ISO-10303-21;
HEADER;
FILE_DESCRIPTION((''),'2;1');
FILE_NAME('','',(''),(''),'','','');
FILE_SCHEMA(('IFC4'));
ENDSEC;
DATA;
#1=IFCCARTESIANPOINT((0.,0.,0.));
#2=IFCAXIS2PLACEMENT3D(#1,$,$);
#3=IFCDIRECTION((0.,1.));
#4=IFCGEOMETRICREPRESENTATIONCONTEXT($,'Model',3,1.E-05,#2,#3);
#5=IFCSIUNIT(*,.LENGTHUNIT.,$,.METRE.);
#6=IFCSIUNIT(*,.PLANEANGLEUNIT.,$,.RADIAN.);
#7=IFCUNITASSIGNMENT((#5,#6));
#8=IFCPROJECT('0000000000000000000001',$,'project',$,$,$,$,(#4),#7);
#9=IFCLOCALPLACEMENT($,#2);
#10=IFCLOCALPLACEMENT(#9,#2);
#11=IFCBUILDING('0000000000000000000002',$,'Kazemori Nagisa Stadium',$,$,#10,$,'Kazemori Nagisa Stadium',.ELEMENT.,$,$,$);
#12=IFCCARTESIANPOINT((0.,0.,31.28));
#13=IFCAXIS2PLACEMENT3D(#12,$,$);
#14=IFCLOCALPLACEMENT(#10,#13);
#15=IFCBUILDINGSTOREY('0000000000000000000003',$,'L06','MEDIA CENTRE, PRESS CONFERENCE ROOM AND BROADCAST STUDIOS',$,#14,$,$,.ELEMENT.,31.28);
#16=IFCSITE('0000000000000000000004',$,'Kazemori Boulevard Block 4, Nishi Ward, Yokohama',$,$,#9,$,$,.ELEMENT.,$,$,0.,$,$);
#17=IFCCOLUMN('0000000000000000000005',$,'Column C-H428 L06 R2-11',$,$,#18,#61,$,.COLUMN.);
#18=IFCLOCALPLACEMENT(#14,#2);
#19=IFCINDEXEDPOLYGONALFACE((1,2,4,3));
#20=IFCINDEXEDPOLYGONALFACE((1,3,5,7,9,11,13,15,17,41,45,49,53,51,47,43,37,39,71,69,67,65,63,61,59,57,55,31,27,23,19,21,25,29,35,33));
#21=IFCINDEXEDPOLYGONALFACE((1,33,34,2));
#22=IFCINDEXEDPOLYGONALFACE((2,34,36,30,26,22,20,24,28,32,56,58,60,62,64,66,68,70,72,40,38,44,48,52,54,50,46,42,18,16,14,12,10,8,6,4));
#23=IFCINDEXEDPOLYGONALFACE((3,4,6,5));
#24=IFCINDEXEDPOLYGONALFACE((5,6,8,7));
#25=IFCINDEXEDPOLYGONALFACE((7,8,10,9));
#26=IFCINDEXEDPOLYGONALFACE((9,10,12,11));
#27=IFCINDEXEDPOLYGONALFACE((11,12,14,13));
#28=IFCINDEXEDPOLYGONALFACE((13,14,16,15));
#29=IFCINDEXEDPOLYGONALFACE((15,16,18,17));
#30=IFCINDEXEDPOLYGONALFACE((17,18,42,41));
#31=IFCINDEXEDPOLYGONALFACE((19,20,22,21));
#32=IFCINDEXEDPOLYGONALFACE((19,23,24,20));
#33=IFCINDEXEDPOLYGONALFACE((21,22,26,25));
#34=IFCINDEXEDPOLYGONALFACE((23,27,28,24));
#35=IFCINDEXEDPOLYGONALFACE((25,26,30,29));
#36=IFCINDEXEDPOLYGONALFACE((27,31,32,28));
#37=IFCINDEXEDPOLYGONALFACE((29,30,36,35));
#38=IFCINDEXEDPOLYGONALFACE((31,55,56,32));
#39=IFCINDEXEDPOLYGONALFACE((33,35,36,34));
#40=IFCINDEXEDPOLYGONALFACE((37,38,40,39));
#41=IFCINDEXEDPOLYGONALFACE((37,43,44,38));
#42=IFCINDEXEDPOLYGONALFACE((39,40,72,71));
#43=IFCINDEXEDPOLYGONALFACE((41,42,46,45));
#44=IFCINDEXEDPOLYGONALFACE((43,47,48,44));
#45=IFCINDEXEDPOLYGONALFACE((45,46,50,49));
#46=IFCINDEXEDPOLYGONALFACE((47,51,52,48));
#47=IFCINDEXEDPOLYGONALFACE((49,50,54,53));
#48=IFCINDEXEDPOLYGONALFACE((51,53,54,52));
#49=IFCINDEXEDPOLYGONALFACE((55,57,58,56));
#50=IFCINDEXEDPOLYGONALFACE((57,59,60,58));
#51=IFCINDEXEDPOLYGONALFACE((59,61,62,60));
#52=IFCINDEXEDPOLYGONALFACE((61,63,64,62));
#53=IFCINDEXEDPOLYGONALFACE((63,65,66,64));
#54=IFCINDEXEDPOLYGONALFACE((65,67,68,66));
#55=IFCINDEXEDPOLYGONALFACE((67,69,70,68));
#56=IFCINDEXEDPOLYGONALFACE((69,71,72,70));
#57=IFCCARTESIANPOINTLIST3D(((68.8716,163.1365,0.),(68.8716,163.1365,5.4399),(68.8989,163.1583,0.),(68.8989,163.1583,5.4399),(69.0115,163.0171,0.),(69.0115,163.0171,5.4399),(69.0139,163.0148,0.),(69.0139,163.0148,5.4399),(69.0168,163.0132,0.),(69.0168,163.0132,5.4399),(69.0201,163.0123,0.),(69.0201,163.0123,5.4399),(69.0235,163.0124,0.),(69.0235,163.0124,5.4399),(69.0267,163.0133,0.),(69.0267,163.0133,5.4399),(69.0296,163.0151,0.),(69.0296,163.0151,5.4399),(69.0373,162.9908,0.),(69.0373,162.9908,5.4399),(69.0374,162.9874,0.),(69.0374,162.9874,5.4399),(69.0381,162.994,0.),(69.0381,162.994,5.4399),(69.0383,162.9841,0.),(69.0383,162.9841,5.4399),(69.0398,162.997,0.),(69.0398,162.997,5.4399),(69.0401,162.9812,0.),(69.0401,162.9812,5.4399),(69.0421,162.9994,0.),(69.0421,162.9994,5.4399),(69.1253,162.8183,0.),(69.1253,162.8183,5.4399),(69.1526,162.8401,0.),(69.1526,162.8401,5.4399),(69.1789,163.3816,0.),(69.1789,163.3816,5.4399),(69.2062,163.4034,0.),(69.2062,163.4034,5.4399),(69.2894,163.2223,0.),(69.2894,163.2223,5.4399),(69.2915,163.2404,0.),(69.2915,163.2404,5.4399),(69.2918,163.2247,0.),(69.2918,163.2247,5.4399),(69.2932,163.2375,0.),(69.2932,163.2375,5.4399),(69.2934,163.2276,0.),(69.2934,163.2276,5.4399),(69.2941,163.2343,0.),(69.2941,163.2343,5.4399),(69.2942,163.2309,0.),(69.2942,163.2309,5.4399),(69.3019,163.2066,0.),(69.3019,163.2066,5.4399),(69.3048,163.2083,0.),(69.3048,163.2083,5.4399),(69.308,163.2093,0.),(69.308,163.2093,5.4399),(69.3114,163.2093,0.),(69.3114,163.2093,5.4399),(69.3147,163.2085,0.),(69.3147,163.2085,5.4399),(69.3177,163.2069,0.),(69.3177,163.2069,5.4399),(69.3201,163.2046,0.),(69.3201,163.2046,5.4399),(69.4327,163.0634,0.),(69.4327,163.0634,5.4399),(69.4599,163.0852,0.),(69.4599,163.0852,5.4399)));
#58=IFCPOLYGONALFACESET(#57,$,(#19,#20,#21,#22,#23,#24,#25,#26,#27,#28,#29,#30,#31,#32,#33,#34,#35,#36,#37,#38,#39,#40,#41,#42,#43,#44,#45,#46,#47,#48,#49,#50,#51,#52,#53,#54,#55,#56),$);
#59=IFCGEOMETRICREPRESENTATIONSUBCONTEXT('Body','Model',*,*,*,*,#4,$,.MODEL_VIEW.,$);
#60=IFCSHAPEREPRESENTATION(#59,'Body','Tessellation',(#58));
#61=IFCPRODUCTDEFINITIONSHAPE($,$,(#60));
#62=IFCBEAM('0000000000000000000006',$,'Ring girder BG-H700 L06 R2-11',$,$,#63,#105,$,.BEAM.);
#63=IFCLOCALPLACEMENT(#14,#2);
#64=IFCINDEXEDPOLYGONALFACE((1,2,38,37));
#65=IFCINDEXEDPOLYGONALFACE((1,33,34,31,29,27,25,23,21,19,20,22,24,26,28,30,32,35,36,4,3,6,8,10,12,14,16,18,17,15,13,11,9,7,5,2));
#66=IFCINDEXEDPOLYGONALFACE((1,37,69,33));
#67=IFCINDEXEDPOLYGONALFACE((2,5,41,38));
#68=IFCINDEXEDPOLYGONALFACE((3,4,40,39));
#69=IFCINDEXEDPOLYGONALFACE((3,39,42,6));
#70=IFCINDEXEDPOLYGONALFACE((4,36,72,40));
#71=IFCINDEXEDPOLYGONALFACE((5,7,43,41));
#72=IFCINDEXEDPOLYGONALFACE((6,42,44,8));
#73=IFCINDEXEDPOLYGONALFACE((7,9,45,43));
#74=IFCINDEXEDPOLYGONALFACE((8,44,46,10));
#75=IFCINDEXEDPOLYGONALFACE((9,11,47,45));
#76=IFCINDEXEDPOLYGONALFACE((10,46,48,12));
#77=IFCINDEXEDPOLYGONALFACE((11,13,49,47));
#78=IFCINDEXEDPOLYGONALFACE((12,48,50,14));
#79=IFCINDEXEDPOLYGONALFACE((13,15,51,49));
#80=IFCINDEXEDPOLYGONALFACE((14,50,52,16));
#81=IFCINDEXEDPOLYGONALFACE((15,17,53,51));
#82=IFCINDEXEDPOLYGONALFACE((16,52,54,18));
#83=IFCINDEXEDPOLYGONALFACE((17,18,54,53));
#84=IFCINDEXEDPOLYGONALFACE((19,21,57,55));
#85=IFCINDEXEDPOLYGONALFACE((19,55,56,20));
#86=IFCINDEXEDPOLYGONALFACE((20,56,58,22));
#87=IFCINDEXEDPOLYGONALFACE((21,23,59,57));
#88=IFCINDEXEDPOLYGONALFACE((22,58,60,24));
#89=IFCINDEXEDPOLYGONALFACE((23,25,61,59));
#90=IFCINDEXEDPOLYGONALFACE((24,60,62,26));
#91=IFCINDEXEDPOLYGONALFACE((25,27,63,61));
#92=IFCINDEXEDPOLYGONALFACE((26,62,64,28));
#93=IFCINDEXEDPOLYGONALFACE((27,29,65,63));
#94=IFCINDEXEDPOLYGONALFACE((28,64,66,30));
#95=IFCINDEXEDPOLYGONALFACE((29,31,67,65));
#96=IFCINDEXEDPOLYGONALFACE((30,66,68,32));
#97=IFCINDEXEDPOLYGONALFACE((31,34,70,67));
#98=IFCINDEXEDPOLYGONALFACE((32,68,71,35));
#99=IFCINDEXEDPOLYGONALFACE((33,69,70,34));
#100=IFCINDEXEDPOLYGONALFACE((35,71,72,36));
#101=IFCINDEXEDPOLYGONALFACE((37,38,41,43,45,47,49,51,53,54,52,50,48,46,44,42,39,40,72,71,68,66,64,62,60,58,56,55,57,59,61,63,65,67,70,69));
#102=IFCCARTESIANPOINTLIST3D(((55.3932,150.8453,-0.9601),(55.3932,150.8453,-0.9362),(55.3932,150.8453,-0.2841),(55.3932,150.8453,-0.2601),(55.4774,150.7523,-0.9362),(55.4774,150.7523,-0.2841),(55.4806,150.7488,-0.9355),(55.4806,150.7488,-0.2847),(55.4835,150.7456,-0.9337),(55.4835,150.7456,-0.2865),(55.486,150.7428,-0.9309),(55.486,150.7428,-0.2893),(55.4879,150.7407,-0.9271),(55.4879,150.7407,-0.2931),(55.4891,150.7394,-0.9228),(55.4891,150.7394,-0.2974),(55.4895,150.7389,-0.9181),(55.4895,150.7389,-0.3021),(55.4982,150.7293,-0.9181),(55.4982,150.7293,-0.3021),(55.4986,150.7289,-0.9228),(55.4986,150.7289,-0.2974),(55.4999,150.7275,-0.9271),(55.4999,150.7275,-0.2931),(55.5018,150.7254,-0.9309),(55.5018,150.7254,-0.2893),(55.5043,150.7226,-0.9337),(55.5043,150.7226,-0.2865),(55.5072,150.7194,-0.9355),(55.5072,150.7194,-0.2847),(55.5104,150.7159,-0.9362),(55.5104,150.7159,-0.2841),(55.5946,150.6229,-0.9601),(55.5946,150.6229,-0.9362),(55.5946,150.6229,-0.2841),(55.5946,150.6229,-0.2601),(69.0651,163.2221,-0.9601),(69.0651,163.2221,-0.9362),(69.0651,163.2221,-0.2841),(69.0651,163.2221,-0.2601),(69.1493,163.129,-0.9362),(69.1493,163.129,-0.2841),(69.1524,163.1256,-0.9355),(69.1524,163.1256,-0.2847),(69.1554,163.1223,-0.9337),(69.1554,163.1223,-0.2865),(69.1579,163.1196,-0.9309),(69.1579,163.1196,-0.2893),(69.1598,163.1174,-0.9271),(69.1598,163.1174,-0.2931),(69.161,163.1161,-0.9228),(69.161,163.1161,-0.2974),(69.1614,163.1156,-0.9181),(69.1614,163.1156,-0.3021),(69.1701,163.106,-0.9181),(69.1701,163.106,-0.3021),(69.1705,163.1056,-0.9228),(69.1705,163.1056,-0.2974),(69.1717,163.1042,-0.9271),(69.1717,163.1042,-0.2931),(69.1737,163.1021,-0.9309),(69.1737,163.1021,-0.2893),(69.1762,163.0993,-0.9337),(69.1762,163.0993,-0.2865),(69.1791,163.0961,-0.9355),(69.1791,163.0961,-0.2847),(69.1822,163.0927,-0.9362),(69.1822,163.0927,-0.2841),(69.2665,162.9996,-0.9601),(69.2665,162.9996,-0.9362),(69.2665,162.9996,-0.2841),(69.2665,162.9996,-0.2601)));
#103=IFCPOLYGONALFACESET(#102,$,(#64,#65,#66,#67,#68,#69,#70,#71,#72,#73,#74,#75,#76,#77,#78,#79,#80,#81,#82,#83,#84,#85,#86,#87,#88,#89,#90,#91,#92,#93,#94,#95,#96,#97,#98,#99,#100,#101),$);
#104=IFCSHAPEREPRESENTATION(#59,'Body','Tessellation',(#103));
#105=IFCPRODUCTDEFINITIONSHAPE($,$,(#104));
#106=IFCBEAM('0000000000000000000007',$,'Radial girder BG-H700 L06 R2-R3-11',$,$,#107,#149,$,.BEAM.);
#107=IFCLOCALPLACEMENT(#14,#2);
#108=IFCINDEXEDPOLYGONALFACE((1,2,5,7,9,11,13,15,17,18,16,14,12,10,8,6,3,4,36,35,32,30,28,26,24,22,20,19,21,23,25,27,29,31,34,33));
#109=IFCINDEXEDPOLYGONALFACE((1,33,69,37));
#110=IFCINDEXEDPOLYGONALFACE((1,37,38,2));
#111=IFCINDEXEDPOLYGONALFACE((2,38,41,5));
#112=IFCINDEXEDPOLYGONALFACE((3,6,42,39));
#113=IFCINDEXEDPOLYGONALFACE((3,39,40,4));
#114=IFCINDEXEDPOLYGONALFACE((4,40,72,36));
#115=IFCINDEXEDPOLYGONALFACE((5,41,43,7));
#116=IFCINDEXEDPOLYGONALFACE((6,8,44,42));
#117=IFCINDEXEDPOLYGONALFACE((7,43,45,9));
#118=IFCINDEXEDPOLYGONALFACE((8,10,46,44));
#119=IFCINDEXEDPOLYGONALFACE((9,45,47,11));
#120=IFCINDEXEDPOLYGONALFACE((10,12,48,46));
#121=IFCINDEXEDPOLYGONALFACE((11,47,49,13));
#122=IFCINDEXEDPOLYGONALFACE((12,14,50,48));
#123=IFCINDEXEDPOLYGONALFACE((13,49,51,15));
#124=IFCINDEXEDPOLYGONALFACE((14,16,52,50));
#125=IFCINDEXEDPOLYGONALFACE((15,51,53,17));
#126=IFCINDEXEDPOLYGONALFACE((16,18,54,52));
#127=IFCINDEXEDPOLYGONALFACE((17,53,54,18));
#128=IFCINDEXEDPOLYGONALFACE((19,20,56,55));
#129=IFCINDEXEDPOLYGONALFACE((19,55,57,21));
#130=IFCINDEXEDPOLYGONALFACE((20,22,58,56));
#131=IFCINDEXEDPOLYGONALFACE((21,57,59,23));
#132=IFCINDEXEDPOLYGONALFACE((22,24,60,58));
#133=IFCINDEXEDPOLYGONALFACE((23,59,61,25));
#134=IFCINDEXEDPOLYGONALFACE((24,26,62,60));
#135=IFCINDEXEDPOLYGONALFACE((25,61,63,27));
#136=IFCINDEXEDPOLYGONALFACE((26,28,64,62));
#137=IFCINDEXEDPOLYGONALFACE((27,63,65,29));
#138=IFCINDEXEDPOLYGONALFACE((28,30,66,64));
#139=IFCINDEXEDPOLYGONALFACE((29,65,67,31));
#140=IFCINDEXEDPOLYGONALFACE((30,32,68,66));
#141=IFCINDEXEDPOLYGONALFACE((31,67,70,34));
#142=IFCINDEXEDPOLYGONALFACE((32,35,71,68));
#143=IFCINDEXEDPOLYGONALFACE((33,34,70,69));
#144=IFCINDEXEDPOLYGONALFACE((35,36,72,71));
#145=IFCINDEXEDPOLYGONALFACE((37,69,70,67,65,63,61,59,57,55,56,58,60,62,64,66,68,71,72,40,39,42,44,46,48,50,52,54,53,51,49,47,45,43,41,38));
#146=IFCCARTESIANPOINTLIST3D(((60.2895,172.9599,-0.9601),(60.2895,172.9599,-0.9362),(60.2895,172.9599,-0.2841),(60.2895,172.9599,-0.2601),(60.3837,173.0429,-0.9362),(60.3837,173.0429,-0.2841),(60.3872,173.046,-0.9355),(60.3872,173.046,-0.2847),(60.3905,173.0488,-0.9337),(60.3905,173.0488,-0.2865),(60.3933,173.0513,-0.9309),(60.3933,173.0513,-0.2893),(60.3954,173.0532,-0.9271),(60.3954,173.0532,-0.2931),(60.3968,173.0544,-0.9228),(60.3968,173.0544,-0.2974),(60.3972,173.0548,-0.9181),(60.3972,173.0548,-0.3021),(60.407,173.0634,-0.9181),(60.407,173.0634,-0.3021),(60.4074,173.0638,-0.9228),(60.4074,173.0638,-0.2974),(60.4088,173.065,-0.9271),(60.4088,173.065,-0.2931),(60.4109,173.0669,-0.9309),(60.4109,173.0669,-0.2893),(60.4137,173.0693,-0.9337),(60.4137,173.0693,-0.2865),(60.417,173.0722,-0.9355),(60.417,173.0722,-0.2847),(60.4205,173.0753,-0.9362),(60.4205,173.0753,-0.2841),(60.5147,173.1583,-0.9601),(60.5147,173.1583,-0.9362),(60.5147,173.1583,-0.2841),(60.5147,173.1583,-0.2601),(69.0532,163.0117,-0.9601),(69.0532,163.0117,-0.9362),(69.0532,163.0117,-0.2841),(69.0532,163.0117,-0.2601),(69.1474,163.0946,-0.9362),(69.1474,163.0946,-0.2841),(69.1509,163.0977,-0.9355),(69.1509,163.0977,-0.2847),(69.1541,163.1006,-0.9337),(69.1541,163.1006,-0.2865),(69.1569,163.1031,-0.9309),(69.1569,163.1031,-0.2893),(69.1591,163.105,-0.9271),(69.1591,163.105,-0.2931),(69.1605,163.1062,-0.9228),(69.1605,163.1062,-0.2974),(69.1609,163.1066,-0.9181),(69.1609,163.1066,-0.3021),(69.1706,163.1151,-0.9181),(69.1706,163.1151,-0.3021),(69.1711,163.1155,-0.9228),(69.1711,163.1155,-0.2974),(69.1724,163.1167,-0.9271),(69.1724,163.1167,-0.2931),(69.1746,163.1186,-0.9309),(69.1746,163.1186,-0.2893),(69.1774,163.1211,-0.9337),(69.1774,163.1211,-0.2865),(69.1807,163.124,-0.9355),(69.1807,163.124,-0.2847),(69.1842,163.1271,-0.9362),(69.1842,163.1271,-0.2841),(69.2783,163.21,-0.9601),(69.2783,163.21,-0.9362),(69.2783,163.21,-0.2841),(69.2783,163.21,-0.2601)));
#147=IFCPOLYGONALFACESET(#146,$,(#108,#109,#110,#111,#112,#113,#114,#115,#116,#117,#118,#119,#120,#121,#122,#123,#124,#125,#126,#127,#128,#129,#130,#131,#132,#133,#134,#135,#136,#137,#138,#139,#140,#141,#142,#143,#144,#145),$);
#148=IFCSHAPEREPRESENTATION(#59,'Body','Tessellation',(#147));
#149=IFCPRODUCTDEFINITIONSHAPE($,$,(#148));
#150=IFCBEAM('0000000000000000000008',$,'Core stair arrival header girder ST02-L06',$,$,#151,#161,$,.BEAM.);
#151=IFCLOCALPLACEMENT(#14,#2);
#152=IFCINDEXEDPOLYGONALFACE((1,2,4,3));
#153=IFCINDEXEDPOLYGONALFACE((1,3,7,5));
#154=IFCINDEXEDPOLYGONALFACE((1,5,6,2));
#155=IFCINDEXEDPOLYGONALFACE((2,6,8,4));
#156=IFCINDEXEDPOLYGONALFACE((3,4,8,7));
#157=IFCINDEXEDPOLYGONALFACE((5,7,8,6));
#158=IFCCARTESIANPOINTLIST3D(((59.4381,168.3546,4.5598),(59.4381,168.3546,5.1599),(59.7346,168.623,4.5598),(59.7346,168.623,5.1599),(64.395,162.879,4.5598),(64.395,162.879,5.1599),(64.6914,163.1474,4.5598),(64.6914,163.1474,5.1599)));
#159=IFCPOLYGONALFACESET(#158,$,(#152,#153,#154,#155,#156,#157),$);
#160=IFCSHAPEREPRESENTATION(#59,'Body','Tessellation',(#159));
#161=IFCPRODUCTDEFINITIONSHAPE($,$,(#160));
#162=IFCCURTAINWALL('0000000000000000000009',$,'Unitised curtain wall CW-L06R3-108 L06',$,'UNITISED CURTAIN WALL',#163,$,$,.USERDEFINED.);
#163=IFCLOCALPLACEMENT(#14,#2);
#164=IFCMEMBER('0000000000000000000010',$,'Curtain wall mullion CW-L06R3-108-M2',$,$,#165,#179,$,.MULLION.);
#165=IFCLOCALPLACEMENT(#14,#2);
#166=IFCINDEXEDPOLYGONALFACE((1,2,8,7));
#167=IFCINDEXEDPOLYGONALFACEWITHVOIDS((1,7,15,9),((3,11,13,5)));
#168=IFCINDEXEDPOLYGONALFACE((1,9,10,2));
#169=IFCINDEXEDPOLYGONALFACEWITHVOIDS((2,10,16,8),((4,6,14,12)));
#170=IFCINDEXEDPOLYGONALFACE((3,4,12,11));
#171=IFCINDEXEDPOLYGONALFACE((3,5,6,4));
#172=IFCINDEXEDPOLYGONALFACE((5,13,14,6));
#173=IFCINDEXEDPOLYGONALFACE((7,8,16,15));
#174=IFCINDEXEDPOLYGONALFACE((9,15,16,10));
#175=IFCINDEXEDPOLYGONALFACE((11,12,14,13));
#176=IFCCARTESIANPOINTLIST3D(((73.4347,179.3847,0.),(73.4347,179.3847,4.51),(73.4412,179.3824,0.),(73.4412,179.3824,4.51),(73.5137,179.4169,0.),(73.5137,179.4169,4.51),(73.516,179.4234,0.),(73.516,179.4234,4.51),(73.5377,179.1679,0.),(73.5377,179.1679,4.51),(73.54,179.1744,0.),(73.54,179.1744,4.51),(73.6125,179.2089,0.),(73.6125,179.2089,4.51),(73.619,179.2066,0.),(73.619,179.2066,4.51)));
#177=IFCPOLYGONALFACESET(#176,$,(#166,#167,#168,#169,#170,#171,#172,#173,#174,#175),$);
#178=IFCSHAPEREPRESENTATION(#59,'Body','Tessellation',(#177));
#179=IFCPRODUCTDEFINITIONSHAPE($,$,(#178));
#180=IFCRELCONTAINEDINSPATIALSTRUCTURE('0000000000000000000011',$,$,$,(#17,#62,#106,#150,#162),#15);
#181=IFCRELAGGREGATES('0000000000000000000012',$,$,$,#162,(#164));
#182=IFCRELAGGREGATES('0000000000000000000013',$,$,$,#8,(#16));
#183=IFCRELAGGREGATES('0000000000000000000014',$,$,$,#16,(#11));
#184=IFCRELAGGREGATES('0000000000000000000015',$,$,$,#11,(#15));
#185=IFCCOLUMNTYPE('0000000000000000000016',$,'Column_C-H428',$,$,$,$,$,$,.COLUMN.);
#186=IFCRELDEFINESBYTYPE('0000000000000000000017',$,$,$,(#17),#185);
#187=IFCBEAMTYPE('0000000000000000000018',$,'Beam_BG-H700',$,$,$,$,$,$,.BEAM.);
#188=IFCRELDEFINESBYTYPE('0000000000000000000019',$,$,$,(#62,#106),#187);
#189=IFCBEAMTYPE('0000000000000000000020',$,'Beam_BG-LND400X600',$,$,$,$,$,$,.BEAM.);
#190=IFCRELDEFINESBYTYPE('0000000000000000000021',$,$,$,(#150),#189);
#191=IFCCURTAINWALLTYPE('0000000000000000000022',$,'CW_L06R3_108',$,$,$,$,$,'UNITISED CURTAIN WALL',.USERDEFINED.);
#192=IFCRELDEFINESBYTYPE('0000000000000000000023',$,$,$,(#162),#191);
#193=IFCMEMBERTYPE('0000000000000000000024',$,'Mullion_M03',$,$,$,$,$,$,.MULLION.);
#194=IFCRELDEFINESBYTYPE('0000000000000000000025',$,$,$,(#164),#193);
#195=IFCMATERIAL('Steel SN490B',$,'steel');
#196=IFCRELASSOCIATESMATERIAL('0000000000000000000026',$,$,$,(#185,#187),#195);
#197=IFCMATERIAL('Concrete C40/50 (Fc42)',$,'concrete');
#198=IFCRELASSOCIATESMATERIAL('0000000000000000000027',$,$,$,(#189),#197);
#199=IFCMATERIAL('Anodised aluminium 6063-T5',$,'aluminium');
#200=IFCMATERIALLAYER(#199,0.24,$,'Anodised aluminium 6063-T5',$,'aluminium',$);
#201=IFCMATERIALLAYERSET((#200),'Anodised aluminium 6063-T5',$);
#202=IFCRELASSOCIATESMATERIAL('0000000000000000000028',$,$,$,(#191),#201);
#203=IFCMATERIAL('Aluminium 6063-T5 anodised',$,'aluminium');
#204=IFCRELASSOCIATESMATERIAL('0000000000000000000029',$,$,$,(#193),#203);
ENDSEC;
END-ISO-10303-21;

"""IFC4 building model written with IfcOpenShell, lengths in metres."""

from ifc_helpers import new_model, si_unit, direction, frame, origin, origin_2d, place, context, subcontext, project, spatial, rectangle, hollow_rectangle, i_section, extrude, material, layer, layer_set, material_profile, profile_set, type_object, element, aggregate, save


model = new_model("IFC4")

# Units and contexts
model_context = context("Model", 3, precision=1e-05, world=origin(), true_north=direction((0.0, 1.0)))
body_context = subcontext(model_context, "Body", "Model", "MODEL_VIEW")
ifc_project = project(units=[si_unit("LENGTHUNIT", "METRE"), si_unit("PLANEANGLEUNIT", "RADIAN")], contexts=[model_context])

# Site, building, storey
site_placement = place(None, origin())
site = spatial("IfcSite", under=ifc_project, at=site_placement, Name="Kazemori Boulevard Block 4, Nishi Ward, Yokohama", CompositionType="ELEMENT", RefElevation=0.0)
building_placement = place(site_placement, origin())
building = spatial("IfcBuilding", under=site, at=building_placement, Name="Kazemori Nagisa Stadium", LongName="Kazemori Nagisa Stadium", CompositionType="ELEMENT")
storey_placement = place(building_placement, frame((0.0, 0.0, 31.28)))
storey = spatial("IfcBuildingStorey", under=building, at=storey_placement, Name="L06", Description="MEDIA CENTRE, PRESS CONFERENCE ROOM AND BROADCAST STUDIOS", CompositionType="ELEMENT", Elevation=31.28)

# Column
ifc_material_1 = material(Name="Steel SN490B", Category="steel")
ifc_material_profile_1 = material_profile(ifc_material_1, i_section(OverallWidth=0.407, OverallDepth=0.428, WebThickness=0.02, FlangeThickness=0.0349, FilletRadius=0.0129, at=origin_2d()), Name="H-428x407x20x35")
ifc_profile_set_1 = profile_set([ifc_material_profile_1], Name="Steel SN490B")
column_type = type_object("IfcColumnType", Name="Column_C-H428", PredefinedType="COLUMN", material=ifc_profile_set_1)
column_placement = place(storey_placement, frame((69.1658, 163.1108, 0.0), z_axis=(0.0, 0.0, 1.0), x_axis=(-0.62349, 0.781831, 0.0)))
element("IfcColumn", 1, at=column_placement, inside=storey, type_object=column_type, Name="Column C-H428 L06 R2-11", PredefinedType="COLUMN", context=body_context, shape_type="SweptSolid", body=[
    extrude(i_section(OverallWidth=0.407, OverallDepth=0.428, WebThickness=0.02, FlangeThickness=0.0349, FilletRadius=0.0129, at=origin_2d()), origin(), (0.0, 0.0, 1.0), 5.4399),
])

# Beams
ifc_material_profile_2 = material_profile(ifc_material_1, i_section(OverallWidth=0.3, OverallDepth=0.7, WebThickness=0.0129, FlangeThickness=0.0239, FilletRadius=0.0181, at=origin_2d()), Name="H-700x300x13x24")
ifc_profile_set_2 = profile_set([ifc_material_profile_2], Name="Steel SN490B")
beam_type_1 = type_object("IfcBeamType", Name="Beam_BG-H700", PredefinedType="BEAM", material=ifc_profile_set_2)
beam_1_placement = place(storey_placement, frame((69.1658, 163.1108, -0.6101), z_axis=(-0.741349, -0.67112, 0.0), x_axis=(0.67112, -0.741349, 0.0)))
element("IfcBeam", 2, at=beam_1_placement, inside=storey, type_object=beam_type_1, Name="Ring girder BG-H700 L06 R2-11", PredefinedType="BEAM", context=body_context, shape_type="SweptSolid", body=[
    extrude(i_section(OverallWidth=0.3, OverallDepth=0.7, WebThickness=0.0129, FlangeThickness=0.0239, FilletRadius=0.0181, at=origin_2d()), origin(), (0.0, 0.0, 1.0), 18.4419),
])
beam_2_placement = place(storey_placement, frame((69.1658, 163.1108, -0.6101), z_axis=(-0.66102, 0.750369, 0.0), x_axis=(-0.750369, -0.66102, 0.0)))
element("IfcBeam", 3, at=beam_2_placement, inside=storey, type_object=beam_type_1, Name="Radial girder BG-H700 L06 R2-R3-11", PredefinedType="BEAM", context=body_context, shape_type="SweptSolid", body=[
    extrude(i_section(OverallWidth=0.3, OverallDepth=0.7, WebThickness=0.0129, FlangeThickness=0.0239, FilletRadius=0.0181, at=origin_2d()), origin(), (0.0, 0.0, 1.0), 13.2578),
])
ifc_material_2 = material(Name="Concrete C40/50 (Fc42)", Category="concrete")
ifc_material_profile_3 = material_profile(ifc_material_2, rectangle(XDim=0.3999, YDim=0.6001, at=origin_2d()), Name="RC-BM-400x600")
ifc_profile_set_3 = profile_set([ifc_material_profile_3], Name="Concrete C40/50 (Fc42)")
beam_type_2 = type_object("IfcBeamType", Name="Beam_BG-LND400X600", PredefinedType="BEAM", material=ifc_profile_set_3)
beam_3_placement = place(storey_placement, frame((64.5432, 163.0132, 4.8599), z_axis=(-0.671113, 0.741355, 0.0), x_axis=(-0.741355, -0.671113, 0.0)))
element("IfcBeam", 4, at=beam_3_placement, inside=storey, type_object=beam_type_2, Name="Core stair arrival header girder ST02-L06", PredefinedType="BEAM", context=body_context, shape_type="SweptSolid", body=[
    extrude(rectangle(XDim=0.3999, YDim=0.6001, at=origin_2d()), origin(), (0.0, 0.0, 1.0), 7.386),
])

# Curtain wall, member
ifc_material_3 = material(Name="Anodised aluminium 6063-T5", Category="aluminium")
ifc_layer_1 = layer(ifc_material_3, 0.24, Name="Anodised aluminium 6063-T5", Category="aluminium")
ifc_layer_set_1 = layer_set([ifc_layer_1], Name="Anodised aluminium 6063-T5")
curtain_wall_type_1 = type_object("IfcCurtainWallType", Name="CW_L06R3_108", ElementType="UNITISED CURTAIN WALL", PredefinedType="USERDEFINED", material=ifc_layer_set_1)
curtain_wall_1_placement = place(storey_placement, origin())
curtain_wall_1 = element("IfcCurtainWall", 5, at=curtain_wall_1_placement, inside=storey, type_object=curtain_wall_type_1, Name="Unitised curtain wall CW-L06R3-108 L06", ObjectType="UNITISED CURTAIN WALL", PredefinedType="USERDEFINED")
ifc_material_4 = material(Name="Aluminium 6063-T5 anodised", Category="aluminium")
ifc_material_profile_4 = material_profile(ifc_material_4, hollow_rectangle(XDim=0.0901, YDim=0.24, WallThickness=0.0049, at=origin_2d()), Name="ALU-MULL-90x240x5")
ifc_profile_set_4 = profile_set([ifc_material_profile_4], Name="Aluminium 6063-T5 anodised")
member_type_1 = type_object("IfcMemberType", Name="Mullion_M03", PredefinedType="MULLION", material=ifc_profile_set_4)
member_1_placement = place(storey_placement, frame((73.5269, 179.2957, 0.0), z_axis=(0.0, 0.0, 1.0), x_axis=(-0.903216, -0.429186, 0.0)))
member_1 = element("IfcMember", 6, at=member_1_placement, type_object=member_type_1, Name="Curtain wall mullion CW-L06R3-108-M2", PredefinedType="MULLION", context=body_context, shape_type="SweptSolid", body=[
    extrude(hollow_rectangle(XDim=0.0901, YDim=0.24, WallThickness=0.0049, at=origin_2d()), origin(), (0.0, 0.0, 1.0), 4.51),
])

aggregate(curtain_wall_1, [member_1])

save(model, "model.ifc")
